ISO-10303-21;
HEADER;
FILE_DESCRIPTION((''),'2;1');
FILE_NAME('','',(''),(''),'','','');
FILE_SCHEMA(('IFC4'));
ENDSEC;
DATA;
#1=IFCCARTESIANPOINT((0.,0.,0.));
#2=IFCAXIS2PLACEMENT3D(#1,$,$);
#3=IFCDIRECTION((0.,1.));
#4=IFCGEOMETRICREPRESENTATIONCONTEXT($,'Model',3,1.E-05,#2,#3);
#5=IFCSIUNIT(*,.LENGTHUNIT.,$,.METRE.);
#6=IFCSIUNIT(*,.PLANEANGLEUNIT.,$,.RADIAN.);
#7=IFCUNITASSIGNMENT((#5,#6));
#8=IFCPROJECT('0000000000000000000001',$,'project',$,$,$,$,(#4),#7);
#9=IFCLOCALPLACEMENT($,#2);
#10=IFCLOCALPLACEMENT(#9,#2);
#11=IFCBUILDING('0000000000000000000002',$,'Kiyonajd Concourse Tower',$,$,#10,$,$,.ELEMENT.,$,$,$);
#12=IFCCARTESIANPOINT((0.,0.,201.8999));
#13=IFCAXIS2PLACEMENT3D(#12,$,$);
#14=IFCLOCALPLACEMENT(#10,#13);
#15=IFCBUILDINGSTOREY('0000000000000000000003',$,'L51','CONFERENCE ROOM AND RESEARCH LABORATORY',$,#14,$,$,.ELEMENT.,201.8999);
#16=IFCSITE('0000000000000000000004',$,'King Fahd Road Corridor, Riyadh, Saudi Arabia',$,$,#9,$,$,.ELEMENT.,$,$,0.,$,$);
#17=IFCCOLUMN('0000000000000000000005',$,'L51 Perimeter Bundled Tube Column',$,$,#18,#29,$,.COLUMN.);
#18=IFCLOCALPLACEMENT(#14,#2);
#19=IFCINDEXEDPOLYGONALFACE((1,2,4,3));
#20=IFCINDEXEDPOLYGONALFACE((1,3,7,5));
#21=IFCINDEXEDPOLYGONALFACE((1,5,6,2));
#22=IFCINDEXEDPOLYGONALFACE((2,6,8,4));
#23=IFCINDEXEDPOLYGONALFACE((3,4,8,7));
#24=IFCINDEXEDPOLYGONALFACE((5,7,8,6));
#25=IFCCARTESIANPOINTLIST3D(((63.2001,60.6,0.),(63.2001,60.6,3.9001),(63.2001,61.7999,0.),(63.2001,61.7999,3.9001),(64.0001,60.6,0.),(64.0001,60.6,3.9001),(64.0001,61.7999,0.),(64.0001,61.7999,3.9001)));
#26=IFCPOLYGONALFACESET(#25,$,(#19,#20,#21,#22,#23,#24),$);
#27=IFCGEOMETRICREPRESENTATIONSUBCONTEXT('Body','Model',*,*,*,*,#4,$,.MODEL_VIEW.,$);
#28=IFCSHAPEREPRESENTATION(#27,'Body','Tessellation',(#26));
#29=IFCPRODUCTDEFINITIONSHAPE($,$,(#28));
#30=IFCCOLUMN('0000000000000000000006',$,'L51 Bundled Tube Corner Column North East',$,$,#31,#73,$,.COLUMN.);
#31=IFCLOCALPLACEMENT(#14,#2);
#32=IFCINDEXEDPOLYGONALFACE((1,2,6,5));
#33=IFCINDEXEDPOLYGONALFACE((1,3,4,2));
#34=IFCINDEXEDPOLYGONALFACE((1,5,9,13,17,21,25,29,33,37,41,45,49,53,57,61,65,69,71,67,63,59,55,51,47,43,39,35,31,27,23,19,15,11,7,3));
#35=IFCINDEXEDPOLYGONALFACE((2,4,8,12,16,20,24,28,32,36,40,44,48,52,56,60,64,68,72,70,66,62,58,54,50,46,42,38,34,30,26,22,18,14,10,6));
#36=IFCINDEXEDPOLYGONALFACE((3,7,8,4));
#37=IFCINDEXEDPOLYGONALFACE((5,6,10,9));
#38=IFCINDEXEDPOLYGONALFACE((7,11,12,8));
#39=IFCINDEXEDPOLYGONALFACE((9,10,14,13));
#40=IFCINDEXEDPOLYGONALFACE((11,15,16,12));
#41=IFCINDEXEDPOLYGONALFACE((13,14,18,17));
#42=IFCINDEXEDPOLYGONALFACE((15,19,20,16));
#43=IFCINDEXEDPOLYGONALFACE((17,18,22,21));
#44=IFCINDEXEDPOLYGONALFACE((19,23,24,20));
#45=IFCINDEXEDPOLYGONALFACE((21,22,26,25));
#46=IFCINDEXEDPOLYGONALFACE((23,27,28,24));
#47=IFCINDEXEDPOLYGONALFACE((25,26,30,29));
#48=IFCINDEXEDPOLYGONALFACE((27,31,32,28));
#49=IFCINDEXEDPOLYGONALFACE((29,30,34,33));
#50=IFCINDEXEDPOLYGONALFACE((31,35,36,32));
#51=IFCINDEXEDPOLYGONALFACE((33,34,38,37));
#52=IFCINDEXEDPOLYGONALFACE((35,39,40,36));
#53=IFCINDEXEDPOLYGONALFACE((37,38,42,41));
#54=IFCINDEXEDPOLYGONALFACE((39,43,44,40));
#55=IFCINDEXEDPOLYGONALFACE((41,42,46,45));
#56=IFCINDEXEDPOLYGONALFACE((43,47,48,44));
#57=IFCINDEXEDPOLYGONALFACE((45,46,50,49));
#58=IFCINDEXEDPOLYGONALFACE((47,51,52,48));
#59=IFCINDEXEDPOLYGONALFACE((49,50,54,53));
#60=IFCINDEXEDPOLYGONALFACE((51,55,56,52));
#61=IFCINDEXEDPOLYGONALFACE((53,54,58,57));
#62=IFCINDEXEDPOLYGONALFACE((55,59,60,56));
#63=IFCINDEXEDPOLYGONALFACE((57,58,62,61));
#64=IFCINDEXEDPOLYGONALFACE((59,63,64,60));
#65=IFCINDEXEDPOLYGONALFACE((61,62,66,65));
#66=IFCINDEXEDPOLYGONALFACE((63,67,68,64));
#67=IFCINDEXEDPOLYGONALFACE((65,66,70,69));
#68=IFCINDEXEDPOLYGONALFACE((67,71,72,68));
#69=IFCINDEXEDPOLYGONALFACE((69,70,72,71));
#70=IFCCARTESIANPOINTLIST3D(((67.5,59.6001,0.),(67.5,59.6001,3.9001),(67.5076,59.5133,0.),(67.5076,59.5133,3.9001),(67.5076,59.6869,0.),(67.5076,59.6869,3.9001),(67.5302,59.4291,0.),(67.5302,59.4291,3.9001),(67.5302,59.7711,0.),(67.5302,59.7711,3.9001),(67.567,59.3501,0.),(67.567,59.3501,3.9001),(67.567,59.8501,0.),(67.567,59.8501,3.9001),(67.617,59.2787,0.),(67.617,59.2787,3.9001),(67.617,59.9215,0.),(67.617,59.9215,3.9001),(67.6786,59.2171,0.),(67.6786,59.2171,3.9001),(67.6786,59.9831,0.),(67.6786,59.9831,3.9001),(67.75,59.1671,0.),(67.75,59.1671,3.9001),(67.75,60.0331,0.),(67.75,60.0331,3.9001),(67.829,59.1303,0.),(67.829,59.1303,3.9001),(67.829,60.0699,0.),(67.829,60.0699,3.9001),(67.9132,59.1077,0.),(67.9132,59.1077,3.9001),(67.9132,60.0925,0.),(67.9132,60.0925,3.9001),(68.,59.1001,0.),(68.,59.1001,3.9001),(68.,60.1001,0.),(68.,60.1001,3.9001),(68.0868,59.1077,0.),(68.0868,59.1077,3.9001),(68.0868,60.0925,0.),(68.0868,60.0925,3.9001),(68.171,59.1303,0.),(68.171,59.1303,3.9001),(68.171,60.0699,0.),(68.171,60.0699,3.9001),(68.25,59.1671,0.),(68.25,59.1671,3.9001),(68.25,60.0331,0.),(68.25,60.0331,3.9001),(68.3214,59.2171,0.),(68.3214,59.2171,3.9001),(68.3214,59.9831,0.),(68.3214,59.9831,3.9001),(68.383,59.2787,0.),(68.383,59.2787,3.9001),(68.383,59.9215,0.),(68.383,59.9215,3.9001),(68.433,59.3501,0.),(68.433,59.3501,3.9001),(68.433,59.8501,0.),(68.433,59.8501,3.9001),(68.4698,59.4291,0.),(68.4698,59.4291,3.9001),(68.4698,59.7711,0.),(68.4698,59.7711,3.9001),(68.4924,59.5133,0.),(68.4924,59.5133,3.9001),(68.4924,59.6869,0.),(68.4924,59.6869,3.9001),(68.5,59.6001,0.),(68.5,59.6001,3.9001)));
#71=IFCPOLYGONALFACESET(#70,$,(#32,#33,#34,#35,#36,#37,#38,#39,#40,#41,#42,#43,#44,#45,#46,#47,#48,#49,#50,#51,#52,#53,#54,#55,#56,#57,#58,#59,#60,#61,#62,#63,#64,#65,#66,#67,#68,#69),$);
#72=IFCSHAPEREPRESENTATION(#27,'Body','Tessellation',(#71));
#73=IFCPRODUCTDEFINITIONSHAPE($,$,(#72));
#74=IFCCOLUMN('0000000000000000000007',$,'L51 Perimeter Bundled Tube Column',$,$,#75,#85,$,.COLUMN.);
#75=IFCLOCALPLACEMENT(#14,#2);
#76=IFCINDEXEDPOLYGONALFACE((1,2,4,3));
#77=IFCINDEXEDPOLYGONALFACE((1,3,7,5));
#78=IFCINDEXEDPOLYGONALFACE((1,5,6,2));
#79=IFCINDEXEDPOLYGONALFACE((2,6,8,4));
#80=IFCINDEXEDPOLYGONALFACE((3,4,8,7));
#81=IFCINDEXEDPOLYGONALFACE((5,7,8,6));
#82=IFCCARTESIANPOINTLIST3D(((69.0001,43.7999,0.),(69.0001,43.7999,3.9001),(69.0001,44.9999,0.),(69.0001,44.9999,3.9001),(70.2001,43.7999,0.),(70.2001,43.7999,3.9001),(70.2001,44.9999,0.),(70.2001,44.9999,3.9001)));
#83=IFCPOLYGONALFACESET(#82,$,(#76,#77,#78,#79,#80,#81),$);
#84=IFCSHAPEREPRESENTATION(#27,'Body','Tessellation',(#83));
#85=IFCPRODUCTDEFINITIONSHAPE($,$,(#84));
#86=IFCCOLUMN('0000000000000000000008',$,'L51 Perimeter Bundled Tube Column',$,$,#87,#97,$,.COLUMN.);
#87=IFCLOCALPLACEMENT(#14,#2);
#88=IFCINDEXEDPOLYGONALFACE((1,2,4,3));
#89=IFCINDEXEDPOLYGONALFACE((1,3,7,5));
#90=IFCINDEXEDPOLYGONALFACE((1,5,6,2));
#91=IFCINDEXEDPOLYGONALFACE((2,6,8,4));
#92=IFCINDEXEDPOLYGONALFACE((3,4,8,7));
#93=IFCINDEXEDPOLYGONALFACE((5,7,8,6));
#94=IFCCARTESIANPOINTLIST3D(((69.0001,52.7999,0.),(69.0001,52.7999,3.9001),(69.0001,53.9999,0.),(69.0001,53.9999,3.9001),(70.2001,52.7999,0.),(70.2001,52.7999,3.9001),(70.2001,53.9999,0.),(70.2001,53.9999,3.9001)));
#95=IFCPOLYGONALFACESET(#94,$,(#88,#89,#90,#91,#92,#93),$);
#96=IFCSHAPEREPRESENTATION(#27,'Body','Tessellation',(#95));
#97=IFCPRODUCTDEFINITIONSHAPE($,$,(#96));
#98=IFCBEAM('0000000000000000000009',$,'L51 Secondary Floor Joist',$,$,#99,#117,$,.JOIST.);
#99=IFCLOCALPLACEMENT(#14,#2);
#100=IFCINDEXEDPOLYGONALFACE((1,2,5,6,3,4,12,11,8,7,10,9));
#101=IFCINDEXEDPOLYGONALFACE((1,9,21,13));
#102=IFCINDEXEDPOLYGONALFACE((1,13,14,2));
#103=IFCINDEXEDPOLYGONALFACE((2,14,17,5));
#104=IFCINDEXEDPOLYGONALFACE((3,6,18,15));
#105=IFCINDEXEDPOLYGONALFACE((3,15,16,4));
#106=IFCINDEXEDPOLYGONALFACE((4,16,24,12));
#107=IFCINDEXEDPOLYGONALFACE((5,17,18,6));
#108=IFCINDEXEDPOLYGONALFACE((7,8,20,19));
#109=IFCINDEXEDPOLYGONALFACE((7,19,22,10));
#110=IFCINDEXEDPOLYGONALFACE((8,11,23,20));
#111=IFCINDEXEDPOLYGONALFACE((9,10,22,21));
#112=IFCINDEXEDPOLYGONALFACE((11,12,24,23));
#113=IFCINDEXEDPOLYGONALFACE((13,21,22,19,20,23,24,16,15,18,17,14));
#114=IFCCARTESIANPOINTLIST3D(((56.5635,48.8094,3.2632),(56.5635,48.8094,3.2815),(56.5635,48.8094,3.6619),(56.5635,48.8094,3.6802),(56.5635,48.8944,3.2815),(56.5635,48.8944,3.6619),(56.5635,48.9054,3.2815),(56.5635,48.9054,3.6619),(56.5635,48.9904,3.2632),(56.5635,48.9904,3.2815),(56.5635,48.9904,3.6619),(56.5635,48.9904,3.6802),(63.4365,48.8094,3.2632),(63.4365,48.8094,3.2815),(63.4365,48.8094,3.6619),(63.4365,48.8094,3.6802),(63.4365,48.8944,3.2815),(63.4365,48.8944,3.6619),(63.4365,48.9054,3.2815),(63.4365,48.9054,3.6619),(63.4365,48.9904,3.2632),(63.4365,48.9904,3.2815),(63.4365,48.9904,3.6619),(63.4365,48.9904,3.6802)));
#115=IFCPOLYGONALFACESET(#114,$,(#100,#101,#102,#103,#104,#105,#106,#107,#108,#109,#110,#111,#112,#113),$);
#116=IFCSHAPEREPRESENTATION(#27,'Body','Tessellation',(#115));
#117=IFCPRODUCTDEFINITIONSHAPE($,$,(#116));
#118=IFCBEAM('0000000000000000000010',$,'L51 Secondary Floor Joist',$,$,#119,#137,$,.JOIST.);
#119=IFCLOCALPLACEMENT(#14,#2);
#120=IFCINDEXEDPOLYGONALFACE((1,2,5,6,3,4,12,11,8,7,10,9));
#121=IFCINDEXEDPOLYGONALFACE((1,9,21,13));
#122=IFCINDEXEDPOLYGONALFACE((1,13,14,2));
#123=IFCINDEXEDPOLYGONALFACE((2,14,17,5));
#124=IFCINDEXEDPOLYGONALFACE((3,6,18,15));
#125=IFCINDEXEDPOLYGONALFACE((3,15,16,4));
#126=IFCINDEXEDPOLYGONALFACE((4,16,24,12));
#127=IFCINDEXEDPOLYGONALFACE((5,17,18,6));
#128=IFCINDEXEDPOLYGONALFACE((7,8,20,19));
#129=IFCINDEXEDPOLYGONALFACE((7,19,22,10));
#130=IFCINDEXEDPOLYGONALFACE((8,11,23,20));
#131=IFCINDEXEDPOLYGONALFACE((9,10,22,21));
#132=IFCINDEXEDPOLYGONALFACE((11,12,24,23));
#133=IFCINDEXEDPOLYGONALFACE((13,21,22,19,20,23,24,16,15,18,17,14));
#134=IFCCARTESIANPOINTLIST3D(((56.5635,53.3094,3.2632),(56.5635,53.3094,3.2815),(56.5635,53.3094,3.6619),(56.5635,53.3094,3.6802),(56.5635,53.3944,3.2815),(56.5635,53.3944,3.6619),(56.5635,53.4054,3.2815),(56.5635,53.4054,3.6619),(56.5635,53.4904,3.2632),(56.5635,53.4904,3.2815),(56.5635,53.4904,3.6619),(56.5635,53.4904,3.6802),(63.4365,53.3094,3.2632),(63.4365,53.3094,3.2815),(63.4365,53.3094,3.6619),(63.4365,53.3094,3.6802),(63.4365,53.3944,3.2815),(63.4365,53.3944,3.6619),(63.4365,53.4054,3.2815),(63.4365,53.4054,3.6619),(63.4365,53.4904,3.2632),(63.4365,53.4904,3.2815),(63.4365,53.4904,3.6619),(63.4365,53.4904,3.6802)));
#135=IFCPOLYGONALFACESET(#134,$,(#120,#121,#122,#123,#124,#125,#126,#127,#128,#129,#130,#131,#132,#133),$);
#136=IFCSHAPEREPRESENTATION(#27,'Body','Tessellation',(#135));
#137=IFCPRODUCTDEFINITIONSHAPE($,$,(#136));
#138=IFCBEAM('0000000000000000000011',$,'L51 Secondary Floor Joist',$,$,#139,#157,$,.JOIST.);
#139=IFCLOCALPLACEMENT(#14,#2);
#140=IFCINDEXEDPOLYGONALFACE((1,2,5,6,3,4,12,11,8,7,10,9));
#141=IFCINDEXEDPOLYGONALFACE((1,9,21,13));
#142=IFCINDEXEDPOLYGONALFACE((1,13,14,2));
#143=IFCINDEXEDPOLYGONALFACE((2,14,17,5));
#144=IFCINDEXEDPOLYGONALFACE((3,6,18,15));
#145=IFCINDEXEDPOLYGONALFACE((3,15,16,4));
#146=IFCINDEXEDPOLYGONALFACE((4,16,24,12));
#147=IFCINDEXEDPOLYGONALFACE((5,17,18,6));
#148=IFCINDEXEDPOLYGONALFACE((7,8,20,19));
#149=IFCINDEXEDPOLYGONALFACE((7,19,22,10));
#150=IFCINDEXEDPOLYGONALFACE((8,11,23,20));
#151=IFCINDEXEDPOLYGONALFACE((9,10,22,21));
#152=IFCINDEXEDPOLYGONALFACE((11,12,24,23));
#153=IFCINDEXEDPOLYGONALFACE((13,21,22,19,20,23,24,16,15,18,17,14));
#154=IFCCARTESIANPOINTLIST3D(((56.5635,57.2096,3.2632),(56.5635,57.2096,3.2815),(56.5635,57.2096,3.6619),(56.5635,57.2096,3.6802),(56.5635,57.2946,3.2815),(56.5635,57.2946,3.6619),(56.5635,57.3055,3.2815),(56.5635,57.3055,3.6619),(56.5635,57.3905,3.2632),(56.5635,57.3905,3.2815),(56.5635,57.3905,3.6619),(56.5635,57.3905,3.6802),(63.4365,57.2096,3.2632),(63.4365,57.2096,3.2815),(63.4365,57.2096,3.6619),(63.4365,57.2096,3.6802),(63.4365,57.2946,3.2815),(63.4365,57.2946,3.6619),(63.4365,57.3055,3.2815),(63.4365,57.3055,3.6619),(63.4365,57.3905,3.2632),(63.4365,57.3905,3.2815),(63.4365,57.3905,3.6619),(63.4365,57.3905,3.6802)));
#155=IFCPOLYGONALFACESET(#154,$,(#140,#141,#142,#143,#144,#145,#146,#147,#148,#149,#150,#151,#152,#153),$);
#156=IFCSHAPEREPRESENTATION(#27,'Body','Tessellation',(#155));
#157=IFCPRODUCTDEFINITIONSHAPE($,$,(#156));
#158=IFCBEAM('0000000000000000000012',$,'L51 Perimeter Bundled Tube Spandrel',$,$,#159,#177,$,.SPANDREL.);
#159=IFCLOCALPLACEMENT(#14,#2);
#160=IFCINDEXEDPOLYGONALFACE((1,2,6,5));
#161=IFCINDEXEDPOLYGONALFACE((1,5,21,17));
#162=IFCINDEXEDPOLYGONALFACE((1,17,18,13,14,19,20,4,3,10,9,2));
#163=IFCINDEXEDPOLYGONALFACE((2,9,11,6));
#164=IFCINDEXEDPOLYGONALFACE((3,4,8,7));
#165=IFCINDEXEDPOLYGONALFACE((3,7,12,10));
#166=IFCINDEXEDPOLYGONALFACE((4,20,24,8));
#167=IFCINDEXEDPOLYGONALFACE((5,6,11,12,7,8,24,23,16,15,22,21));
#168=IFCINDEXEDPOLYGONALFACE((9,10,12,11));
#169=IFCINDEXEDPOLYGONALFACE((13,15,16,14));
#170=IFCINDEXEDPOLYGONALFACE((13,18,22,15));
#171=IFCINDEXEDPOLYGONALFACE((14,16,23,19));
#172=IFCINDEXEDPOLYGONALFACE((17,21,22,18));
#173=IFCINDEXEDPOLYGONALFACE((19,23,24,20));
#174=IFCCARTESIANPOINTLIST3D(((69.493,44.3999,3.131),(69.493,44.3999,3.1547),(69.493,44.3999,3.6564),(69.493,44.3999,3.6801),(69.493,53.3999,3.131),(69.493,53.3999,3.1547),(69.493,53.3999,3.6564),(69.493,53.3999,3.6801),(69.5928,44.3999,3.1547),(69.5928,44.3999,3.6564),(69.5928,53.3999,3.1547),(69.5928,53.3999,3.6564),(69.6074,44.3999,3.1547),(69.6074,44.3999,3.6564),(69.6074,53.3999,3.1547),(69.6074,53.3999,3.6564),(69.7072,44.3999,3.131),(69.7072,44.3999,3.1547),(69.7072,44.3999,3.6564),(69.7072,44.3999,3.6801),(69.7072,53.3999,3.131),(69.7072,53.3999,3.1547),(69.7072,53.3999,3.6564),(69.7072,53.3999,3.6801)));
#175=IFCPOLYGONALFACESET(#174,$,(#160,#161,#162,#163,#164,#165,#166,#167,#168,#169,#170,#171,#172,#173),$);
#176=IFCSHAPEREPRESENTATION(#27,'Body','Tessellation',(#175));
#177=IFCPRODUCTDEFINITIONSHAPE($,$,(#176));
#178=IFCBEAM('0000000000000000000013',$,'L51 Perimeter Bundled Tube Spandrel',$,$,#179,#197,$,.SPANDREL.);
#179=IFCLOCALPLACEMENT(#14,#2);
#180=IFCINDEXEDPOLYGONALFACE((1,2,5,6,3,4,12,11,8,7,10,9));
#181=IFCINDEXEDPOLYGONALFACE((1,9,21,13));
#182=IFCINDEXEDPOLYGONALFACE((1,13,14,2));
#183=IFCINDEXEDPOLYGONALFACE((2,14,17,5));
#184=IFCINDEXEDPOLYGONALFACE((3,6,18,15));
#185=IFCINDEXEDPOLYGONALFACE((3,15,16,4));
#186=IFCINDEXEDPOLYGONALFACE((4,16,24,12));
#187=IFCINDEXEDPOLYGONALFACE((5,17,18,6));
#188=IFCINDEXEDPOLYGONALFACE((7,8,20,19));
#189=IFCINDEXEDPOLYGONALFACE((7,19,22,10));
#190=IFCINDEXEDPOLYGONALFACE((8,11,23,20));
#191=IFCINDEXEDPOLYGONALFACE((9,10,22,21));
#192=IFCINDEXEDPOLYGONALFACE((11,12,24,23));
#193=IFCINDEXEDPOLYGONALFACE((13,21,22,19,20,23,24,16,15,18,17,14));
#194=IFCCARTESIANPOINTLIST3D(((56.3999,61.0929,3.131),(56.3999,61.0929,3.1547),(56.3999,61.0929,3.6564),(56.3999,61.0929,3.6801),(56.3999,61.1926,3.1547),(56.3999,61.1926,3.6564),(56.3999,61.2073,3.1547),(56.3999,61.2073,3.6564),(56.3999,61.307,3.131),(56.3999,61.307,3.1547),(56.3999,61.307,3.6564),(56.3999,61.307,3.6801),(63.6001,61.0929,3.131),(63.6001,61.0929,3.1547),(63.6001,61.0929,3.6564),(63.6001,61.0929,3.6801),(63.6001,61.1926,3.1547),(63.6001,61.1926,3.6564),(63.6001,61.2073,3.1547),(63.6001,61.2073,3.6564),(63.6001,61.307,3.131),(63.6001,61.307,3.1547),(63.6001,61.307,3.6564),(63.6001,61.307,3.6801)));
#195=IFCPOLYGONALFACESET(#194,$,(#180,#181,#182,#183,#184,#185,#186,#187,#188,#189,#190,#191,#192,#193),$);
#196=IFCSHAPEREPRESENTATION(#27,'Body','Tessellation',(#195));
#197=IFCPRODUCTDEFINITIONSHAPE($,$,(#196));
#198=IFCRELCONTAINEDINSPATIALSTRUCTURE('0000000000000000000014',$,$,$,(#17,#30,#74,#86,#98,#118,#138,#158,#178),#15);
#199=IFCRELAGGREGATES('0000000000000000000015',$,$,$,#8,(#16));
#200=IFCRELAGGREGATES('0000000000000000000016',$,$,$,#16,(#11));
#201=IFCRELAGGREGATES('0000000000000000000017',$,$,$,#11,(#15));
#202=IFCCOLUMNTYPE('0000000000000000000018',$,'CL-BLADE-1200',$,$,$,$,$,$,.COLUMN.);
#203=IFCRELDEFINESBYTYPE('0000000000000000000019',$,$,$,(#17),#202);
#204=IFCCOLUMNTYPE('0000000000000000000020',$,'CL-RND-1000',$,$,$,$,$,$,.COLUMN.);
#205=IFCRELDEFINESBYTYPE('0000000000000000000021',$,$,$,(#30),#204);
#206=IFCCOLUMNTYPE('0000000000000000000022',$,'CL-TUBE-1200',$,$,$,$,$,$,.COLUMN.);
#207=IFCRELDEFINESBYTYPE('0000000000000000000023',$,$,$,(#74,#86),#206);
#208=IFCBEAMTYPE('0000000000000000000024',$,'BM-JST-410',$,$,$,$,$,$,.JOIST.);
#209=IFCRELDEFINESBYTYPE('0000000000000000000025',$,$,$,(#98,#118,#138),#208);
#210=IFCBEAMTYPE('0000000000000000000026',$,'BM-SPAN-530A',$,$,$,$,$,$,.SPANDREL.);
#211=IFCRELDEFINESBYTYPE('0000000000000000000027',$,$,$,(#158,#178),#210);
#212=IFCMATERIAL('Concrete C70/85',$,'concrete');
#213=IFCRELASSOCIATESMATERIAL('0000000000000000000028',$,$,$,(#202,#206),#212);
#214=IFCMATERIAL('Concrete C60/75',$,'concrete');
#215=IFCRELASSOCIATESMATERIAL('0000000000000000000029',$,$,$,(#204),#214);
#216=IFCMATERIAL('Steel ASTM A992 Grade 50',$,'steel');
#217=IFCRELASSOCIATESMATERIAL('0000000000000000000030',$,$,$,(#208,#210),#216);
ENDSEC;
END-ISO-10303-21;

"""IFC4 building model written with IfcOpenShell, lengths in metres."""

from ifc_helpers import new_model, si_unit, direction, frame, origin, origin_2d, place, context, subcontext, project, spatial, rectangle, circle, i_section, extrude, material, material_profile, profile_set, type_object, element, save


model = new_model("IFC4")

# Units and contexts
model_context = context("Model", 3, precision=1e-05, world=origin(), true_north=direction((0.0, 1.0)))
body_context = subcontext(model_context, "Body", "Model", "MODEL_VIEW")
ifc_project = project(units=[si_unit("LENGTHUNIT", "METRE"), si_unit("PLANEANGLEUNIT", "RADIAN")], contexts=[model_context])

# Site, building, storey
site_placement = place(None, origin())
site = spatial("IfcSite", under=ifc_project, at=site_placement, Name="King Fahd Road Corridor, Riyadh, Saudi Arabia", CompositionType="ELEMENT", RefElevation=0.0)
building_placement = place(site_placement, origin())
building = spatial("IfcBuilding", under=site, at=building_placement, Name="Kiyonajd Concourse Tower", CompositionType="ELEMENT")
storey_placement = place(building_placement, frame((0.0, 0.0, 201.8999)))
storey = spatial("IfcBuildingStorey", under=building, at=storey_placement, Name="L51", Description="CONFERENCE ROOM AND RESEARCH LABORATORY", CompositionType="ELEMENT", Elevation=201.8999)

# Columns
ifc_material_1 = material(Name="Concrete C70/85", Category="concrete")
ifc_material_profile_1 = material_profile(ifc_material_1, rectangle(XDim=0.8, YDim=1.2, at=origin_2d()), Name="RC-1200x800")
ifc_profile_set_1 = profile_set([ifc_material_profile_1], Name="Concrete C70/85")
column_type_1 = type_object("IfcColumnType", Name="CL-BLADE-1200", PredefinedType="COLUMN", material=ifc_profile_set_1)
column_1_placement = place(storey_placement, frame((63.6001, 61.2, 0.0), z_axis=(0.0, 0.0, 1.0), x_axis=(1.0, 0.0, 0.0)))
element("IfcColumn", 1, at=column_1_placement, inside=storey, type_object=column_type_1, Name="L51 Perimeter Bundled Tube Column", PredefinedType="COLUMN", context=body_context, shape_type="SweptSolid", body=[
    extrude(rectangle(XDim=0.8, YDim=1.2, at=origin_2d()), origin(), (0.0, 0.0, 1.0), 3.9001),
])
ifc_material_2 = material(Name="Concrete C60/75", Category="concrete")
ifc_material_profile_2 = material_profile(ifc_material_2, circle(Radius=0.5, at=origin_2d()), Name="RCC-D1000")
ifc_profile_set_2 = profile_set([ifc_material_profile_2], Name="Concrete C60/75")
column_type_2 = type_object("IfcColumnType", Name="CL-RND-1000", PredefinedType="COLUMN", material=ifc_profile_set_2)
column_2_placement = place(storey_placement, frame((68.0, 59.6001, 0.0), z_axis=(0.0, 0.0, 1.0), x_axis=(1.0, 0.0, 0.0)))
element("IfcColumn", 2, at=column_2_placement, inside=storey, type_object=column_type_2, Name="L51 Bundled Tube Corner Column North East", PredefinedType="COLUMN", context=body_context, shape_type="SweptSolid", body=[
    extrude(circle(Radius=0.5, at=origin_2d()), origin(), (0.0, 0.0, 1.0), 3.9001),
])
ifc_material_profile_3 = material_profile(ifc_material_1, rectangle(XDim=1.2, YDim=1.2, at=origin_2d()), Name="RC-1200x1200")
ifc_profile_set_3 = profile_set([ifc_material_profile_3], Name="Concrete C70/85")
column_type_3 = type_object("IfcColumnType", Name="CL-TUBE-1200", PredefinedType="COLUMN", material=ifc_profile_set_3)
for number, where, z_axis, x_axis, name in (
    (3, (69.6001, 44.3999, 0.0), (0.0, 0.0, 1.0), (1.0, 0.0, 0.0), "L51 Perimeter Bundled Tube Column"),
    (4, (69.6001, 53.3999, 0.0), (0.0, 0.0, 1.0), (1.0, 0.0, 0.0), "L51 Perimeter Bundled Tube Column"),
):
    element("IfcColumn", number, at=place(storey_placement, frame(where, z_axis=z_axis, x_axis=x_axis)), inside=storey, type_object=column_type_3, Name=name, PredefinedType="COLUMN", context=body_context, shape_type="SweptSolid", body=[
        extrude(rectangle(XDim=1.2, YDim=1.2, at=origin_2d()), origin(), (0.0, 0.0, 1.0), 3.9001),
    ])

# Beams
ifc_material_3 = material(Name="Steel ASTM A992 Grade 50", Category="steel")
ifc_material_profile_4 = material_profile(ifc_material_3, i_section(OverallWidth=0.1809, OverallDepth=0.417, WebThickness=0.011, FlangeThickness=0.0183, at=origin_2d()), Name="W410X85")
ifc_profile_set_4 = profile_set([ifc_material_profile_4], Name="Steel ASTM A992 Grade 50")
beam_type_1 = type_object("IfcBeamType", Name="BM-JST-410", PredefinedType="JOIST", material=ifc_profile_set_4)
for number, where, z_axis, x_axis, name in (
    (5, (56.5635, 48.8999, 3.4717), (1.0, 0.0, 0.0), (0.0, 1.0, 0.0), "L51 Secondary Floor Joist"),
    (6, (56.5635, 53.3999, 3.4717), (1.0, 0.0, 0.0), (0.0, 1.0, 0.0), "L51 Secondary Floor Joist"),
    (7, (56.5635, 57.3, 3.4717), (1.0, 0.0, 0.0), (0.0, 1.0, 0.0), "L51 Secondary Floor Joist"),
):
    element("IfcBeam", number, at=place(storey_placement, frame(where, z_axis=z_axis, x_axis=x_axis)), inside=storey, type_object=beam_type_1, Name=name, PredefinedType="JOIST", context=body_context, shape_type="SweptSolid", body=[
        extrude(i_section(OverallWidth=0.1809, OverallDepth=0.417, WebThickness=0.011, FlangeThickness=0.0183, at=origin_2d()), origin(), (0.0, 0.0, 1.0), 6.873),
    ])
ifc_material_profile_5 = material_profile(ifc_material_3, i_section(OverallWidth=0.2141, OverallDepth=0.5491, WebThickness=0.0146, FlangeThickness=0.0237, at=origin_2d()), Name="W530X138")
ifc_profile_set_5 = profile_set([ifc_material_profile_5], Name="Steel ASTM A992 Grade 50")
beam_type_2 = type_object("IfcBeamType", Name="BM-SPAN-530A", PredefinedType="SPANDREL", material=ifc_profile_set_5)
beam_1_placement = place(storey_placement, frame((69.6001, 44.3999, 3.4055), z_axis=(0.0, 1.0, 0.0), x_axis=(-1.0, 0.0, 0.0)))
element("IfcBeam", 8, at=beam_1_placement, inside=storey, type_object=beam_type_2, Name="L51 Perimeter Bundled Tube Spandrel", PredefinedType="SPANDREL", context=body_context, shape_type="SweptSolid", body=[
    extrude(i_section(OverallWidth=0.2141, OverallDepth=0.5491, WebThickness=0.0146, FlangeThickness=0.0237, at=origin_2d()), origin(), (0.0, 0.0, 1.0), 9.0),
])
beam_2_placement = place(storey_placement, frame((63.6001, 61.2, 3.4055), z_axis=(-1.0, 0.0, 0.0), x_axis=(0.0, -1.0, 0.0)))
element("IfcBeam", 9, at=beam_2_placement, inside=storey, type_object=beam_type_2, Name="L51 Perimeter Bundled Tube Spandrel", PredefinedType="SPANDREL", context=body_context, shape_type="SweptSolid", body=[
    extrude(i_section(OverallWidth=0.2141, OverallDepth=0.5491, WebThickness=0.0146, FlangeThickness=0.0237, at=origin_2d()), origin(), (0.0, 0.0, 1.0), 7.2002),
])

save(model, "model.ifc")
